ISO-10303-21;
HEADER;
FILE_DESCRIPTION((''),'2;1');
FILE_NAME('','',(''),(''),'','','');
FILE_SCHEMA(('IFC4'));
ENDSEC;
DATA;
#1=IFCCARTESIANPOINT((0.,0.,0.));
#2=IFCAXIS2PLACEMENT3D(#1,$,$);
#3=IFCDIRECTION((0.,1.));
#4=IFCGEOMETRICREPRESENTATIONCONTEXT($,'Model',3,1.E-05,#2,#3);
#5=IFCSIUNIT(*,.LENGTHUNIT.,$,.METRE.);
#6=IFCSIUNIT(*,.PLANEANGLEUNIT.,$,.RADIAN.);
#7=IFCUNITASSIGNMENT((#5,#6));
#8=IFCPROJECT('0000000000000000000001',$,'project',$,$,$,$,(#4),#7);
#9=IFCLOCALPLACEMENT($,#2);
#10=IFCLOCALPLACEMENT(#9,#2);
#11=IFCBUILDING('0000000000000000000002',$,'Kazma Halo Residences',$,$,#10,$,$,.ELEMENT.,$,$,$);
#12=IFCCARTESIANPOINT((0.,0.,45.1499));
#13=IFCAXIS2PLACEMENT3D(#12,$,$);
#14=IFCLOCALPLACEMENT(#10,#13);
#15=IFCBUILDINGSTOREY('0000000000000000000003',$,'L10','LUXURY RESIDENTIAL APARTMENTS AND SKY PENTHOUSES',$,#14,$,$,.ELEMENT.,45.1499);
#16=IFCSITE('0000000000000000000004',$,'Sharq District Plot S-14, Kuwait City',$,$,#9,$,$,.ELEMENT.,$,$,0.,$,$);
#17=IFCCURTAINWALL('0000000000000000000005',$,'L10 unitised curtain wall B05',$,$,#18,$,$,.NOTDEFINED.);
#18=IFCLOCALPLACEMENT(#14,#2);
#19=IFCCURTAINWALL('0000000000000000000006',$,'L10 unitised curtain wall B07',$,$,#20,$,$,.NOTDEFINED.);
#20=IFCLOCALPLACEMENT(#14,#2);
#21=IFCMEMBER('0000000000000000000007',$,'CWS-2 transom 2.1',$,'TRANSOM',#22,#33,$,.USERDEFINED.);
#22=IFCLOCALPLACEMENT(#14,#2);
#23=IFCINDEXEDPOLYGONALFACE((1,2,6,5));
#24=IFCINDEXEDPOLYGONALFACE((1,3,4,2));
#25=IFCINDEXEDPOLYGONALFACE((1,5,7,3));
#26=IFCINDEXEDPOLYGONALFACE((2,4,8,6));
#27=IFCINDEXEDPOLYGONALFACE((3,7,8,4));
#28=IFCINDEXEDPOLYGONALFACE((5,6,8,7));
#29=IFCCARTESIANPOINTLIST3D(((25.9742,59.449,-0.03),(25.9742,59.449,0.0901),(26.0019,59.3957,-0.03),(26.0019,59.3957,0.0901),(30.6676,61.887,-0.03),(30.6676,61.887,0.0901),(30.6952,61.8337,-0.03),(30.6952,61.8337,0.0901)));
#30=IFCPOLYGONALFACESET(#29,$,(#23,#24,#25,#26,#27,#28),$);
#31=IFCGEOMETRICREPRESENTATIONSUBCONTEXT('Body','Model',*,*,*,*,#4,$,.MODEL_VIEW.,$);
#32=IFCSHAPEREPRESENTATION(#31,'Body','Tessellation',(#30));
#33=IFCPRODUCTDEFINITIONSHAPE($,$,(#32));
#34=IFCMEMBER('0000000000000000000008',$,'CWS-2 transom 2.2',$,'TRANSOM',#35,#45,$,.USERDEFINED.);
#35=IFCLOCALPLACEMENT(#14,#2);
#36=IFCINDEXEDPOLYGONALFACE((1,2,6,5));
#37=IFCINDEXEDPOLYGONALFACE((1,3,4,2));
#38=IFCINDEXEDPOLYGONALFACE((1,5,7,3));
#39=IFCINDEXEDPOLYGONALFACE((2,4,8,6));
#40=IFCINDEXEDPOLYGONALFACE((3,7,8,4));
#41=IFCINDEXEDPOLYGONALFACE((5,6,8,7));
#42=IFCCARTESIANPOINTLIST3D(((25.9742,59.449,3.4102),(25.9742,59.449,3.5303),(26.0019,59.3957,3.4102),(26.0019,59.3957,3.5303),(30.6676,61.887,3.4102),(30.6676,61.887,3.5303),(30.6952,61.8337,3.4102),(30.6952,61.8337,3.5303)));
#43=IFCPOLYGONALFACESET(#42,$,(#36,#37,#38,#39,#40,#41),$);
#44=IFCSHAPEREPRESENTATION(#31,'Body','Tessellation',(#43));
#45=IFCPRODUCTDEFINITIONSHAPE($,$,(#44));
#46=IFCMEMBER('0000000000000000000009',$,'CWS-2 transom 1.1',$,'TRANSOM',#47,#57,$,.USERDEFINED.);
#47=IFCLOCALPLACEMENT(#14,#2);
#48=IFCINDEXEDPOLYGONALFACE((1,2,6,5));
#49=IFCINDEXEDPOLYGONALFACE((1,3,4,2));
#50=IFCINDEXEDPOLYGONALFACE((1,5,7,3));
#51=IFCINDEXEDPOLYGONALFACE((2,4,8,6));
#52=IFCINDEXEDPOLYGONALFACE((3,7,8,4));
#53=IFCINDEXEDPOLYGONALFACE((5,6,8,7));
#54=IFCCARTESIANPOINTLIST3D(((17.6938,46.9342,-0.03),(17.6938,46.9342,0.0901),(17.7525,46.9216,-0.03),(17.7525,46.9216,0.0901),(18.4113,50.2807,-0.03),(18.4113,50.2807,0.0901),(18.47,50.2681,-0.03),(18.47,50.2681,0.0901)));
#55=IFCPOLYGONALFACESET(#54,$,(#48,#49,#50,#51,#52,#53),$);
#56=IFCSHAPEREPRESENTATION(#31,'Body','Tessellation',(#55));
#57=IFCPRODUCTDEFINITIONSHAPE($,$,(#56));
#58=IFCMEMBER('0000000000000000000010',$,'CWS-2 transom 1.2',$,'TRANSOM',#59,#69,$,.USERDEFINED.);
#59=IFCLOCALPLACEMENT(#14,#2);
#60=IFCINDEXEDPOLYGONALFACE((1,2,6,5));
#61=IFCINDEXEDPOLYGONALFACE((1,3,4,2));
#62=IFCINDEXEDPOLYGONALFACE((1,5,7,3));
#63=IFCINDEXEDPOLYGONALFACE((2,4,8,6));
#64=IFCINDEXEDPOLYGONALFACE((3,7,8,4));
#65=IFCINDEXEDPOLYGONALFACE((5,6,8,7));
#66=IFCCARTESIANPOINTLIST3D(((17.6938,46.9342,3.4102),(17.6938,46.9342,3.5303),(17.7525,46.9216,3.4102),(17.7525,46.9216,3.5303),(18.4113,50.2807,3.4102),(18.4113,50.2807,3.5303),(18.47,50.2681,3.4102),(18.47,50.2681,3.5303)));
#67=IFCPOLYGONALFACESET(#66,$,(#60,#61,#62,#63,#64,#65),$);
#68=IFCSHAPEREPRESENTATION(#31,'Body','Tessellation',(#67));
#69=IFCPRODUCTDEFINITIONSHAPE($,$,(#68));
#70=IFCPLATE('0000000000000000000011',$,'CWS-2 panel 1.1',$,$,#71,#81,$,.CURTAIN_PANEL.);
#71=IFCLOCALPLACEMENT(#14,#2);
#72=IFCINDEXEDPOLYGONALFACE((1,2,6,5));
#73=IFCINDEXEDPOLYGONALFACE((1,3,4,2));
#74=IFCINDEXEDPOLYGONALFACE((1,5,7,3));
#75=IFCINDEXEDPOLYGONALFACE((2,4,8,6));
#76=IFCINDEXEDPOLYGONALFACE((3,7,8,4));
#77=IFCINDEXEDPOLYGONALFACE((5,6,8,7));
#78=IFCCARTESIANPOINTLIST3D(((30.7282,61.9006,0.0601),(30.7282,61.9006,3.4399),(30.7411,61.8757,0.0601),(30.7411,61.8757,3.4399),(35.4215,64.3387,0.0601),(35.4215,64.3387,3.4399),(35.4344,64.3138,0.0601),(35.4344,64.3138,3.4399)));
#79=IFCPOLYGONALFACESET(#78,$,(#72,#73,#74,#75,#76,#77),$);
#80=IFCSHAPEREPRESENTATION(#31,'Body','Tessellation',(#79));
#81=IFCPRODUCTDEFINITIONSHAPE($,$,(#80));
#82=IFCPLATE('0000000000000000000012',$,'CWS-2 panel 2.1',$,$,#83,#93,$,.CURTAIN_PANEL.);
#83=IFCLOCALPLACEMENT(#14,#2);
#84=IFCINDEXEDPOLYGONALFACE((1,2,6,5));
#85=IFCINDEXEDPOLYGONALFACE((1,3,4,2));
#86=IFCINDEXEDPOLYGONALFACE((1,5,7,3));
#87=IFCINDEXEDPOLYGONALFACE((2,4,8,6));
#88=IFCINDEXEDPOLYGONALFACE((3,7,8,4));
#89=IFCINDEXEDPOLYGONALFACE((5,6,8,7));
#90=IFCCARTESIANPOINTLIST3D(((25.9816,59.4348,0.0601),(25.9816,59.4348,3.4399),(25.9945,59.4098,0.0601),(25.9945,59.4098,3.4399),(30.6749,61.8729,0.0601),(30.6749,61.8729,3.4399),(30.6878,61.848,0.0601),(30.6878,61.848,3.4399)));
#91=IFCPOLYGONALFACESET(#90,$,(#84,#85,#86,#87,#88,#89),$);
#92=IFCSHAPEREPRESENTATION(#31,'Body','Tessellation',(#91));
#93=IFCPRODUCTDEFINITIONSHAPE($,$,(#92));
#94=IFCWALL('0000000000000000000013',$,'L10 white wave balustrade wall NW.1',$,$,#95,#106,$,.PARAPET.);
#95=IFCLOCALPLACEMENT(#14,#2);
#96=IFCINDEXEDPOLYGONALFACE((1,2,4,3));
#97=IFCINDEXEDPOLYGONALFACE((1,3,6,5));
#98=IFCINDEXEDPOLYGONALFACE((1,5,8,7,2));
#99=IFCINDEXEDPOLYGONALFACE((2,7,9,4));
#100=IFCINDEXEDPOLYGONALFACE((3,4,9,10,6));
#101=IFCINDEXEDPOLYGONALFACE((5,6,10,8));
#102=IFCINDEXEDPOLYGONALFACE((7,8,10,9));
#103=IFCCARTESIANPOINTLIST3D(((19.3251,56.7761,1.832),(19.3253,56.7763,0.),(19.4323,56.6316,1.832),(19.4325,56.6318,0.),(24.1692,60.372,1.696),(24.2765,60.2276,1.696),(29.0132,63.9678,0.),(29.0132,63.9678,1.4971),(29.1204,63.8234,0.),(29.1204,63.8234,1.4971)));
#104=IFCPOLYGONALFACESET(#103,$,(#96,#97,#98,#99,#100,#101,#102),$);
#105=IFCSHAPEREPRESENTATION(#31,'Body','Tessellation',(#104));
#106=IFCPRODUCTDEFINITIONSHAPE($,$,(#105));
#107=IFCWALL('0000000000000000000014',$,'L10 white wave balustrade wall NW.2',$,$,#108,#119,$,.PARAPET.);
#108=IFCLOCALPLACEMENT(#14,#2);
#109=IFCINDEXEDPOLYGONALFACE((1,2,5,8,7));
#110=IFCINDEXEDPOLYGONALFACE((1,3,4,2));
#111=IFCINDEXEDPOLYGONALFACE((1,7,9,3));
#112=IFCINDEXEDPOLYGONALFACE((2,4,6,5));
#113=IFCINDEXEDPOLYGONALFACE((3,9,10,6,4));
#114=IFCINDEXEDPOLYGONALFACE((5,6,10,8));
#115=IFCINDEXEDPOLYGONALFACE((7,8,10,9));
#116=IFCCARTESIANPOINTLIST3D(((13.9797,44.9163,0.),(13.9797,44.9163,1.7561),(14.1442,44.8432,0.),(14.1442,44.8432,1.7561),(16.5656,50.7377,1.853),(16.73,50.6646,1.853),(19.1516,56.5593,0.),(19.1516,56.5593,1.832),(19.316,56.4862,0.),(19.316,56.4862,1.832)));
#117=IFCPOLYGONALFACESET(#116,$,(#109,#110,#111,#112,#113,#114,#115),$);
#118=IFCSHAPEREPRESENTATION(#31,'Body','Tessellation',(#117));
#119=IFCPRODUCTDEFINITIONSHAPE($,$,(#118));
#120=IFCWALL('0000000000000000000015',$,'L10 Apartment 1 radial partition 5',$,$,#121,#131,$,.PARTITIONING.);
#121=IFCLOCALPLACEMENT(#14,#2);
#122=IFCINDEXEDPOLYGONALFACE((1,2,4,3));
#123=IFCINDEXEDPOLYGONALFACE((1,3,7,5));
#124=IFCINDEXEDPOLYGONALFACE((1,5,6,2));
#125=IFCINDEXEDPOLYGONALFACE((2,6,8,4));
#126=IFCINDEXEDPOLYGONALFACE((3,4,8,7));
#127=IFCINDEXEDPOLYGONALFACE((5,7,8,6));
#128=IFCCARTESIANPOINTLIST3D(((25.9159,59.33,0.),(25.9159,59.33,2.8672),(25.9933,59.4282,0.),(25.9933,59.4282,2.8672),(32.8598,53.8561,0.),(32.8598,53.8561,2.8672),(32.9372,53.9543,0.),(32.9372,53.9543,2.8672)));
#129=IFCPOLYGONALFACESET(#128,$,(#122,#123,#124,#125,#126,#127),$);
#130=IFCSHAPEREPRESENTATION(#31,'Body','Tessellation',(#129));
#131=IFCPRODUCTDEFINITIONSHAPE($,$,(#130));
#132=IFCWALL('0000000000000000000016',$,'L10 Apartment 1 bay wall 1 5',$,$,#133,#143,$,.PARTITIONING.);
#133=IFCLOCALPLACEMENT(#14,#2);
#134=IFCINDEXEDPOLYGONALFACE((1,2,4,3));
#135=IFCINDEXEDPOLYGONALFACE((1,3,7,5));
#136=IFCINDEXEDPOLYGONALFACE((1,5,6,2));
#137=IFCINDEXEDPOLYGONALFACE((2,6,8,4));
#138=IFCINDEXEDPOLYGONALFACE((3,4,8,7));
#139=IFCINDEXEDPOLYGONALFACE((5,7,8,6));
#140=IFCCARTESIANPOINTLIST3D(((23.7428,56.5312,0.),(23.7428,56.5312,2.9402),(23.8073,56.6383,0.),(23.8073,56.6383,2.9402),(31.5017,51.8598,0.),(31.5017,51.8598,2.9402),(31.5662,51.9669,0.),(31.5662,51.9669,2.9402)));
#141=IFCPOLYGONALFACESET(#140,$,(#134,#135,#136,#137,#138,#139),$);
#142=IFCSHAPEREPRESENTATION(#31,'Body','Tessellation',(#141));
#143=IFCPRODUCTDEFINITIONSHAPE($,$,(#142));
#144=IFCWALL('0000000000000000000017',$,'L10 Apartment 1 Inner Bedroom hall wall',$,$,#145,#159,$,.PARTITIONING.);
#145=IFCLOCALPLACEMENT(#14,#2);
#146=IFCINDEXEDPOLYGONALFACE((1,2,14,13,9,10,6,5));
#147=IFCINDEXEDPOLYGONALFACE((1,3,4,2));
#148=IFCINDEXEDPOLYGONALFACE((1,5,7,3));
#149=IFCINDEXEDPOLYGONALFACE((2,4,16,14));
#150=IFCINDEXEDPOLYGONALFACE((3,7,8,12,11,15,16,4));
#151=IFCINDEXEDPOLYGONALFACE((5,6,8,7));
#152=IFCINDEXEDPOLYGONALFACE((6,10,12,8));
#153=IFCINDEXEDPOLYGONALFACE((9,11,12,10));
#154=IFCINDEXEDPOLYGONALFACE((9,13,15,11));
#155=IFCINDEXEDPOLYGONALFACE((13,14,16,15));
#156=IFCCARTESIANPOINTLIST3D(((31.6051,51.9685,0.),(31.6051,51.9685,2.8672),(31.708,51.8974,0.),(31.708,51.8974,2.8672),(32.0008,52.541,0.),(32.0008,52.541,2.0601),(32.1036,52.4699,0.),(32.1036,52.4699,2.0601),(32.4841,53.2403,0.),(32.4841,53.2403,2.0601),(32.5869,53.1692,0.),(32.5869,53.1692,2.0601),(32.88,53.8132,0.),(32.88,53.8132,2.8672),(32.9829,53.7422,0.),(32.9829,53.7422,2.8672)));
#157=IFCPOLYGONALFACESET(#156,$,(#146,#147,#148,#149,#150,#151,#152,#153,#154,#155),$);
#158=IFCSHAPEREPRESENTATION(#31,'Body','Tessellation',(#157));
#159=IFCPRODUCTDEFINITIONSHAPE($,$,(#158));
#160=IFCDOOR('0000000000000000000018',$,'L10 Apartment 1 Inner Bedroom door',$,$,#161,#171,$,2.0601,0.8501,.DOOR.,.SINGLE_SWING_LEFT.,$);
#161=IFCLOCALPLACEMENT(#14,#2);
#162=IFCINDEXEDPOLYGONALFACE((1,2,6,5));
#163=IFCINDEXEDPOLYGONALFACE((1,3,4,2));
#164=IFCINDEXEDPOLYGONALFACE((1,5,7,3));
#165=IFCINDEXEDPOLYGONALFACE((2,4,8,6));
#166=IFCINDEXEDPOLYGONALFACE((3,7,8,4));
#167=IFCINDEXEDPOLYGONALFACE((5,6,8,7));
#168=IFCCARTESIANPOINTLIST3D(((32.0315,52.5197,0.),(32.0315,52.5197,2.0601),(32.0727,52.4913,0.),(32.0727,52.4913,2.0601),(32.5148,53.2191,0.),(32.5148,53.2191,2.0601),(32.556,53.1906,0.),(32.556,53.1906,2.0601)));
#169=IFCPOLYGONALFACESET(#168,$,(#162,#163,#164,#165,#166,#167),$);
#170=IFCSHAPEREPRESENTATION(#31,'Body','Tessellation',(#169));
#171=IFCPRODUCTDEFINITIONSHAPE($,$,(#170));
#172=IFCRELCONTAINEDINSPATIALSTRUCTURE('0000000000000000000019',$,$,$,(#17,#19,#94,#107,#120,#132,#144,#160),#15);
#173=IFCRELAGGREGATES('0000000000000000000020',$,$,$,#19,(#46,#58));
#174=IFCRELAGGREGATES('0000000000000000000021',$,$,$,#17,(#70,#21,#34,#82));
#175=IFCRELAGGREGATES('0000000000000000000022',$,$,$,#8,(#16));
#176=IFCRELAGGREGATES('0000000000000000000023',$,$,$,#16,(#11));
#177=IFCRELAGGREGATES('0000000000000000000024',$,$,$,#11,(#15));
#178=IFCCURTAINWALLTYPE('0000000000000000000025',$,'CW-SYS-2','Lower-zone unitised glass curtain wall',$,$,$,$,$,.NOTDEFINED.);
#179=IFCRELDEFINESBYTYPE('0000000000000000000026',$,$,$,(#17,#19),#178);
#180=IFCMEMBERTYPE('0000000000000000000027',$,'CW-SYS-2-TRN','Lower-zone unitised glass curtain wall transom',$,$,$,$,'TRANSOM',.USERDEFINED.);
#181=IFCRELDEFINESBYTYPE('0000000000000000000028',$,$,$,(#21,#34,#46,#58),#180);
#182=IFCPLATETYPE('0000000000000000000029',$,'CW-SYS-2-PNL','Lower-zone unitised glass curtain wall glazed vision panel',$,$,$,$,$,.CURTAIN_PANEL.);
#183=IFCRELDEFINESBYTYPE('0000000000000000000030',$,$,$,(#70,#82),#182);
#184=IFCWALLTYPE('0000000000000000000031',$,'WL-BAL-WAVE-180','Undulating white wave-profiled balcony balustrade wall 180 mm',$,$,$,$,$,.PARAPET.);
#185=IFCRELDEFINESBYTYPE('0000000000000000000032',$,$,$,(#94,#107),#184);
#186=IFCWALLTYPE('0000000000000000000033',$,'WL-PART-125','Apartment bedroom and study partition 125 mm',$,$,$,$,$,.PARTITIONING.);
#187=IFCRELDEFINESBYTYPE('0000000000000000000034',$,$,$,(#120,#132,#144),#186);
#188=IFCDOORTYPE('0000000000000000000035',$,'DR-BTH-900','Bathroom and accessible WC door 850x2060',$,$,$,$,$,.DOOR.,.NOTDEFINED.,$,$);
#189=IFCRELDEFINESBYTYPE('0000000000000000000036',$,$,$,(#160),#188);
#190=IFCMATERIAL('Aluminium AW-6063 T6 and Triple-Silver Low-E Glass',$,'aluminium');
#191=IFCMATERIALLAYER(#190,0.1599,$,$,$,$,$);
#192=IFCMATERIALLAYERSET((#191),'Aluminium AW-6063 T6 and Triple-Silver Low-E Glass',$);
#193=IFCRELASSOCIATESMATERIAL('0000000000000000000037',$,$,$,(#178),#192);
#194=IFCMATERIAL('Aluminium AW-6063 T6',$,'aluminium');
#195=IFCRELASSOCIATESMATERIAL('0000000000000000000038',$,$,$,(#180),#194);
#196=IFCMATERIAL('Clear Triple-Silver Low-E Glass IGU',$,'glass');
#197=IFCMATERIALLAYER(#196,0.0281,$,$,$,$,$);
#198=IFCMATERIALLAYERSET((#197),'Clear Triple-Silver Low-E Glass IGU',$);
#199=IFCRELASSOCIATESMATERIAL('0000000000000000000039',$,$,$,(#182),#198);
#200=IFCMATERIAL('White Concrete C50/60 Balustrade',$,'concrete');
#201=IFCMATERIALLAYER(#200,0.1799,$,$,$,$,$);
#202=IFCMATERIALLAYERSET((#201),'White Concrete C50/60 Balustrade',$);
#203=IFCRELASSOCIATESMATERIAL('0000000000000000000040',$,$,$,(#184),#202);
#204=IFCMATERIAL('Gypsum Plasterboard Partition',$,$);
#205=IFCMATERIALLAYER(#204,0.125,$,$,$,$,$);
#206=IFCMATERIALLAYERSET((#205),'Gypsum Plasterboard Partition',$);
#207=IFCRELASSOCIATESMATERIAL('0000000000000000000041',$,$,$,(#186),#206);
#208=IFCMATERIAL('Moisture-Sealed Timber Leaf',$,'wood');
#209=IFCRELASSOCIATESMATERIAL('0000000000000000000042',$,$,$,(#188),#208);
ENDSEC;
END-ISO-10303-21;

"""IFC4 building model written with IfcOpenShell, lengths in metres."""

from ifc_helpers import new_model, si_unit, direction, frame, frame_2d, origin, origin_2d, place, context, subcontext, project, spatial, polyline, rectangle, outline, extrude, material, layer, layer_set, material_profile, profile_set, type_object, element, fill, aggregate, save


model = new_model("IFC4")

# Units and contexts
model_context = context("Model", 3, precision=1e-05, world=origin(), true_north=direction((0.0, 1.0)))
body_context = subcontext(model_context, "Body", "Model", "MODEL_VIEW")
ifc_project = project(units=[si_unit("LENGTHUNIT", "METRE"), si_unit("PLANEANGLEUNIT", "RADIAN")], contexts=[model_context])

# Site, building, storey
site_placement = place(None, origin())
site = spatial("IfcSite", under=ifc_project, at=site_placement, Name="Sharq District Plot S-14, Kuwait City", CompositionType="ELEMENT", RefElevation=0.0)
building_placement = place(site_placement, origin())
building = spatial("IfcBuilding", under=site, at=building_placement, Name="Kazma Halo Residences", CompositionType="ELEMENT")
storey_placement = place(building_placement, frame((0.0, 0.0, 45.1499)))
storey = spatial("IfcBuildingStorey", under=building, at=storey_placement, Name="L10", Description="LUXURY RESIDENTIAL APARTMENTS AND SKY PENTHOUSES", CompositionType="ELEMENT", Elevation=45.1499)

# Curtain wall
ifc_material_1 = material(Name="Aluminium AW-6063 T6 and Triple-Silver Low-E Glass", Category="aluminium")
ifc_layer_1 = layer(ifc_material_1, 0.1599)
ifc_layer_set_1 = layer_set([ifc_layer_1], Name="Aluminium AW-6063 T6 and Triple-Silver Low-E Glass")
curtain_wall_type = type_object("IfcCurtainWallType", Name="CW-SYS-2", Description="Lower-zone unitised glass curtain wall", PredefinedType="NOTDEFINED", material=ifc_layer_set_1)
curtain_wall_1_placement = place(storey_placement, origin())
curtain_wall_1 = element("IfcCurtainWall", 1, at=curtain_wall_1_placement, inside=storey, type_object=curtain_wall_type, Name="L10 unitised curtain wall B05", PredefinedType="NOTDEFINED")
ifc_material_2 = material(Name="Aluminium AW-6063 T6", Category="aluminium")

# Curtain wall
curtain_wall_2_placement = place(storey_placement, origin())
curtain_wall_2 = element("IfcCurtainWall", 2, at=curtain_wall_2_placement, inside=storey, type_object=curtain_wall_type, Name="L10 unitised curtain wall B07", PredefinedType="NOTDEFINED")

# Members
ifc_material_profile_1 = material_profile(ifc_material_2, rectangle(XDim=0.0601, YDim=0.1201, at=origin_2d()), Name="CWT-60x120")
ifc_profile_set_1 = profile_set([ifc_material_profile_1], Name="Aluminium AW-6063 T6")
member_type_1 = type_object("IfcMemberType", Name="CW-SYS-2-TRN", Description="Lower-zone unitised glass curtain wall transom", ElementType="TRANSOM", PredefinedType="USERDEFINED", material=ifc_profile_set_1)
member_1_placement = place(storey_placement, frame((30.6814, 61.8604, 0.03), z_axis=(-0.887415, -0.460972, 0.0), x_axis=(0.460972, -0.887415, 0.0)))
member_1 = element("IfcMember", 3, at=member_1_placement, type_object=member_type_1, Name="CWS-2 transom 2.1", ObjectType="TRANSOM", PredefinedType="USERDEFINED", context=body_context, shape_type="SweptSolid", body=[
    extrude(rectangle(XDim=0.0601, YDim=0.1201, at=origin_2d()), origin(), (0.0, 0.0, 1.0), 5.2888),
])
member_2_placement = place(storey_placement, frame((30.6814, 61.8604, 3.4702), z_axis=(-0.887415, -0.460972, 0.0), x_axis=(0.460972, -0.887415, 0.0)))
member_2 = element("IfcMember", 4, at=member_2_placement, type_object=member_type_1, Name="CWS-2 transom 2.2", ObjectType="TRANSOM", PredefinedType="USERDEFINED", context=body_context, shape_type="SweptSolid", body=[
    extrude(rectangle(XDim=0.0601, YDim=0.1201, at=origin_2d()), origin(), (0.0, 0.0, 1.0), 5.2888),
])
member_3_placement = place(storey_placement, frame((18.4407, 50.2744, 0.03), z_axis=(-0.209651, -0.977776, 0.0), x_axis=(0.977776, -0.209651, 0.0)))
member_3 = element("IfcMember", 5, at=member_3_placement, type_object=member_type_1, Name="CWS-2 transom 1.1", ObjectType="TRANSOM", PredefinedType="USERDEFINED", context=body_context, shape_type="SweptSolid", body=[
    extrude(rectangle(XDim=0.0601, YDim=0.1201, at=origin_2d()), origin(), (0.0, 0.0, 1.0), 3.4226),
])
member_4_placement = place(storey_placement, frame((18.4407, 50.2744, 3.4702), z_axis=(-0.209651, -0.977776, 0.0), x_axis=(0.977776, -0.209651, 0.0)))
member_4 = element("IfcMember", 6, at=member_4_placement, type_object=member_type_1, Name="CWS-2 transom 1.2", ObjectType="TRANSOM", PredefinedType="USERDEFINED", context=body_context, shape_type="SweptSolid", body=[
    extrude(rectangle(XDim=0.0601, YDim=0.1201, at=origin_2d()), origin(), (0.0, 0.0, 1.0), 3.4226),
])
aggregate(curtain_wall_2, [member_3, member_4])

# Plates
ifc_material_3 = material(Name="Clear Triple-Silver Low-E Glass IGU", Category="glass")
ifc_layer_2 = layer(ifc_material_3, 0.0281)
ifc_layer_set_2 = layer_set([ifc_layer_2], Name="Clear Triple-Silver Low-E Glass IGU")
plate_type = type_object("IfcPlateType", Name="CW-SYS-2-PNL", Description="Lower-zone unitised glass curtain wall glazed vision panel", PredefinedType="CURTAIN_PANEL", material=ifc_layer_set_2)
plate_1_placement = place(storey_placement, frame((33.0813, 63.1072, 0.0601), z_axis=(0.0, 0.0, 1.0), x_axis=(-0.887402, -0.460996, 0.0)))
plate_1 = element("IfcPlate", 7, at=plate_1_placement, type_object=plate_type, Name="CWS-2 panel 1.1", PredefinedType="CURTAIN_PANEL", context=body_context, shape_type="SweptSolid", body=[
    extrude(rectangle(XDim=5.2888, YDim=0.0281, at=origin_2d()), origin(), (0.0, 0.0, 1.0), 3.3799),
])
plate_2_placement = place(storey_placement, frame((28.3347, 60.6414, 0.0601), z_axis=(0.0, 0.0, 1.0), x_axis=(-0.887402, -0.460996, 0.0)))
plate_2 = element("IfcPlate", 8, at=plate_2_placement, type_object=plate_type, Name="CWS-2 panel 2.1", PredefinedType="CURTAIN_PANEL", context=body_context, shape_type="SweptSolid", body=[
    extrude(rectangle(XDim=5.2888, YDim=0.0281, at=origin_2d()), origin(), (0.0, 0.0, 1.0), 3.3799),
])
aggregate(curtain_wall_1, [plate_1, member_1, member_2, plate_2])

# Walls
ifc_material_4 = material(Name="White Concrete C50/60 Balustrade", Category="concrete")
ifc_layer_3 = layer(ifc_material_4, 0.1799)
ifc_layer_set_3 = layer_set([ifc_layer_3], Name="White Concrete C50/60 Balustrade")
wall_type_1 = type_object("IfcWallType", Name="WL-BAL-WAVE-180", Description="Undulating white wave-profiled balcony balustrade wall 180 mm", PredefinedType="PARAPET", material=ifc_layer_set_3)
wall_1_placement = place(storey_placement, frame((29.0669, 63.8955, 0.0), z_axis=(0.0, 0.0, 1.0), x_axis=(-0.802948, -0.596049, 0.0)))
element("IfcWall", 9, at=wall_1_placement, inside=storey, type_object=wall_type_1, Name="L10 white wave balustrade wall NW.1", PredefinedType="PARAPET", context=body_context, shape_type="SweptSolid", body=[
    extrude(outline(polyline([(0.0, 0.0), (12.0654, 0.0), (12.0657, 1.832), (6.0327, 1.696), (0.0, 1.4971), (0.0, 0.0)])), frame((0.0, 0.0898, 0.0), z_axis=(0.0, -1.0, 0.0), x_axis=(1.0, 0.0, 0.0)), (0.0, 0.0, 1.0), 0.1799),
])
wall_2_placement = place(storey_placement, frame((19.2339, 56.5227, 0.0), z_axis=(0.0, 0.0, 1.0), x_axis=(-0.405954, -0.913894, 0.0)))
element("IfcWall", 10, at=wall_2_placement, inside=storey, type_object=wall_type_1, Name="L10 white wave balustrade wall NW.2", PredefinedType="PARAPET", context=body_context, shape_type="SweptSolid", body=[
    extrude(outline(polyline([(0.0, 0.0), (12.74, 0.0), (12.74, 1.7561), (6.3701, 1.853), (0.0, 1.832), (0.0, 0.0)])), frame((0.0, 0.0898, 0.0), z_axis=(0.0, -1.0, 0.0), x_axis=(1.0, 0.0, 0.0)), (0.0, 0.0, 1.0), 0.1799),
])

# Walls
ifc_material_5 = material(Name="Gypsum Plasterboard Partition")
ifc_layer_4 = layer(ifc_material_5, 0.125)
ifc_layer_set_4 = layer_set([ifc_layer_4], Name="Gypsum Plasterboard Partition")
wall_type_2 = type_object("IfcWallType", Name="WL-PART-125", Description="Apartment bedroom and study partition 125 mm", PredefinedType="PARTITIONING", material=ifc_layer_set_4)
wall_3_placement = place(storey_placement, frame((32.8984, 53.9053, 0.0), z_axis=(0.0, 0.0, 1.0), x_axis=(-0.785329, 0.619079, 0.0)))
element("IfcWall", 11, at=wall_3_placement, inside=storey, type_object=wall_type_2, Name="L10 Apartment 1 radial partition 5", PredefinedType="PARTITIONING", context=body_context, shape_type="SweptSolid", body=[
    extrude(rectangle(XDim=8.842, YDim=0.125, at=frame_2d((4.4209, 0.0))), origin(), (0.0, 0.0, 1.0), 2.8672),
])
wall_4_placement = place(storey_placement, frame((31.5339, 51.9133, 0.0), z_axis=(0.0, 0.0, 1.0), x_axis=(-0.856707, 0.515803, 0.0)))
element("IfcWall", 12, at=wall_4_placement, inside=storey, type_object=wall_type_2, Name="L10 Apartment 1 bay wall 1 5", PredefinedType="PARTITIONING", context=body_context, shape_type="SweptSolid", body=[
    extrude(rectangle(XDim=9.0566, YDim=0.125, at=frame_2d((4.5283, 0.0))), origin(), (0.0, 0.0, 1.0), 2.9402),
])

# Wall, opening, door
wall_5_placement = place(storey_placement, frame((32.9314, 53.7776, 0.0), z_axis=(0.0, 0.0, 1.0), x_axis=(-0.568542, -0.822654, 0.0)))
wall_5 = element("IfcWall", 13, at=wall_5_placement, inside=storey, type_object=wall_type_2, Name="L10 Apartment 1 Inner Bedroom hall wall", PredefinedType="PARTITIONING", context=body_context, shape_type="SweptSolid", body=[
    extrude(rectangle(XDim=2.2424, YDim=0.125, at=frame_2d((1.1211, 0.0))), origin(), (0.0, 0.0, 1.0), 2.8672),
])
opening_1_placement = place(wall_5_placement, frame((0.6963, 0.0, 0.0)))
opening_1 = element("IfcOpeningElement", 14, at=opening_1_placement, cuts=wall_5, PredefinedType="OPENING", context=body_context, shape_type="SweptSolid", body=[
    extrude(rectangle(XDim=0.8501, YDim=2.0601, at=frame_2d((0.425, 1.03))), frame((0.0, 0.0725, 0.0), z_axis=(0.0, -1.0, 0.0), x_axis=(1.0, 0.0, 0.0)), (0.0, 0.0, 1.0), 0.145),
])
ifc_material_6 = material(Name="Moisture-Sealed Timber Leaf", Category="wood")
door_type_1 = type_object("IfcDoorType", Name="DR-BTH-900", Description="Bathroom and accessible WC door 850x2060", OperationType="NOTDEFINED", PredefinedType="DOOR", material=ifc_material_6)
door_1_placement = place(opening_1_placement, origin())
door_1 = element("IfcDoor", 15, at=door_1_placement, inside=storey, type_object=door_type_1, Name="L10 Apartment 1 Inner Bedroom door", OperationType="SINGLE_SWING_LEFT", OverallHeight=2.0601, OverallWidth=0.8501, PredefinedType="DOOR", context=body_context, shape_type="SweptSolid", body=[
    extrude(rectangle(XDim=0.8501, YDim=2.0601, at=frame_2d((0.425, 1.03))), frame((0.0, 0.0249, 0.0), z_axis=(0.0, -1.0, 0.0), x_axis=(1.0, 0.0, 0.0)), (0.0, 0.0, 1.0), 0.05),
])
fill(opening_1, door_1)

save(model, "model.ifc")
